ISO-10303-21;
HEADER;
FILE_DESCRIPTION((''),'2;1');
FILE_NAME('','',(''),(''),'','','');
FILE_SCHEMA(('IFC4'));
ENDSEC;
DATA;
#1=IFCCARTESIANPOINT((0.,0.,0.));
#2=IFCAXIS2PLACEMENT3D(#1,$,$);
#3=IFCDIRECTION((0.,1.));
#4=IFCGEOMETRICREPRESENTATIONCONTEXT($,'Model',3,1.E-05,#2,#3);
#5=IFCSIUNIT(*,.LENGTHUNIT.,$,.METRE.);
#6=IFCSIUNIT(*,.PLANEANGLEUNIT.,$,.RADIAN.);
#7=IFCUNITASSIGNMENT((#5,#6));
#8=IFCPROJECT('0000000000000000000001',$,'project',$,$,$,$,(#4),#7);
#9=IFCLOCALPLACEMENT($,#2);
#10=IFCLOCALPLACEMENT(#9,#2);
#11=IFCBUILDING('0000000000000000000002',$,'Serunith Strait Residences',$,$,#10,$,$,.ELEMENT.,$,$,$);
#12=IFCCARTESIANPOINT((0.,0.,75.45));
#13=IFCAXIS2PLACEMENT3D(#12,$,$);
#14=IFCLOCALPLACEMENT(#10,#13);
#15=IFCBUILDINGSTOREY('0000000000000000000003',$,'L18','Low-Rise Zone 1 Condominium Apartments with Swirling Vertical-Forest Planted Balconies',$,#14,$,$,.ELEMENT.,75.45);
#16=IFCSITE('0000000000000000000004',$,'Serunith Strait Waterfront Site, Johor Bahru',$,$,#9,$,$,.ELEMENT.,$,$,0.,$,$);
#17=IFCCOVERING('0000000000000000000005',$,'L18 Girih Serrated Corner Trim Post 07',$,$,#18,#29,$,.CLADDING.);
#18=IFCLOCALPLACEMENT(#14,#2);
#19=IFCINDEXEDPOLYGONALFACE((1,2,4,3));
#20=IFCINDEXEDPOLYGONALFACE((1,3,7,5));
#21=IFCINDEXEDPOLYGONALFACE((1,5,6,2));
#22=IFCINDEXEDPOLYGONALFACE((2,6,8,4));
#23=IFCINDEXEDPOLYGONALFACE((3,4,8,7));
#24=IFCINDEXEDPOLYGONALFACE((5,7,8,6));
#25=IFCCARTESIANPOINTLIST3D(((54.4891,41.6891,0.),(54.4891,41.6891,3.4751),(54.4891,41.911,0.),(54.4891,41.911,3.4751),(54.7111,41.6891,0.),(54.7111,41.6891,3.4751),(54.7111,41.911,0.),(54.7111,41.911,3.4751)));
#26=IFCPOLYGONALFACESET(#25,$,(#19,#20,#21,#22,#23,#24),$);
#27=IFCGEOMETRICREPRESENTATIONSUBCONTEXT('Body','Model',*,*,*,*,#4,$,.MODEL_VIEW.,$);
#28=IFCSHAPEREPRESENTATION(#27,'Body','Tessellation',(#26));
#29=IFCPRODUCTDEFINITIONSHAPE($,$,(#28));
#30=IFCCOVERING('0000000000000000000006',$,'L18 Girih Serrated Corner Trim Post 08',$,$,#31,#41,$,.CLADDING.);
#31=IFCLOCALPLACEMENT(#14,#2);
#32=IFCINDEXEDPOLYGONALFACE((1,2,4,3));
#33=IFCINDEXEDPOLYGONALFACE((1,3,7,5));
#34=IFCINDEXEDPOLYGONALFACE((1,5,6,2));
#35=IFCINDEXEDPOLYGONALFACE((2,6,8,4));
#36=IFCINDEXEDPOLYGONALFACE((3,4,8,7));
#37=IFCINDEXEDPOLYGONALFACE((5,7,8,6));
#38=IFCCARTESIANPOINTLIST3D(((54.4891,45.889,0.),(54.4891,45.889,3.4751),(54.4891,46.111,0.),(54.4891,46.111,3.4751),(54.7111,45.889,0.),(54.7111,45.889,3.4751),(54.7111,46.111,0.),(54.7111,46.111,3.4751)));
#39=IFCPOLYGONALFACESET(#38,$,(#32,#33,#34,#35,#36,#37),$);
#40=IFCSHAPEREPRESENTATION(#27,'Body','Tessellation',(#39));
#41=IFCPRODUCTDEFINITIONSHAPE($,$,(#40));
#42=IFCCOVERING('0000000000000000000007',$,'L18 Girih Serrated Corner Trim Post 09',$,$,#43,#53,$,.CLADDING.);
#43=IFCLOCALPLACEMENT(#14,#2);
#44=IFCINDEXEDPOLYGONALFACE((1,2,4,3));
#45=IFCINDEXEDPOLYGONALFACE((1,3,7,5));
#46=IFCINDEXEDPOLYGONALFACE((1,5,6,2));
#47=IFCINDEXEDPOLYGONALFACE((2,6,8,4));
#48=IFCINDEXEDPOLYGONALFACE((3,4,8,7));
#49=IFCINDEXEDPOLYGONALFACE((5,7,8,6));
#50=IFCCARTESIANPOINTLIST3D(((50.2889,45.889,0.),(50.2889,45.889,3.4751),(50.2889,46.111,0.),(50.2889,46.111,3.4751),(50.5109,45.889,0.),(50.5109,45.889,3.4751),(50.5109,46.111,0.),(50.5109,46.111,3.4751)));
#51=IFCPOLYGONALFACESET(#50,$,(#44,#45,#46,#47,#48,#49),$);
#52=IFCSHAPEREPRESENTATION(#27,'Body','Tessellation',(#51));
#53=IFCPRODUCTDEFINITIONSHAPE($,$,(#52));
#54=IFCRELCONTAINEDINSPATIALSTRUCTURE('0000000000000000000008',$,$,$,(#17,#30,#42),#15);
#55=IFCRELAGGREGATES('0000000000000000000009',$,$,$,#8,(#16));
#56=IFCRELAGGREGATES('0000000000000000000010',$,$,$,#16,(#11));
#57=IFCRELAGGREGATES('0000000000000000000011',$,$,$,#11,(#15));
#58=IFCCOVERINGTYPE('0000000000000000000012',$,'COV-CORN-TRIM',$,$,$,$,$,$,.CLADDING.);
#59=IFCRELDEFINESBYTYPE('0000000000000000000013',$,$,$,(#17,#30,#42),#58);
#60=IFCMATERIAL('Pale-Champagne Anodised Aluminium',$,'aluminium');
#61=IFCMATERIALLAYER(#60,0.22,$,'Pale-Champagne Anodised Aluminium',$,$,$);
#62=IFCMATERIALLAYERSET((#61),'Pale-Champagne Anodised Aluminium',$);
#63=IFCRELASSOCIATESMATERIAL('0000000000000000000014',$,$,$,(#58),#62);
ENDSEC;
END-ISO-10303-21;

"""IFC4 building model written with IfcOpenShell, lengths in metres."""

from ifc_helpers import new_model, si_unit, direction, frame, origin, origin_2d, place, context, subcontext, project, spatial, rectangle, extrude, source, transform, mapped, material, layer, layer_set, type_object, element, save


model = new_model("IFC4")

# Units and contexts
model_context = context("Model", 3, precision=1e-05, world=origin(), true_north=direction((0.0, 1.0)))
body_context = subcontext(model_context, "Body", "Model", "MODEL_VIEW")
ifc_project = project(units=[si_unit("LENGTHUNIT", "METRE"), si_unit("PLANEANGLEUNIT", "RADIAN")], contexts=[model_context])

# Site, building, storey
site_placement = place(None, origin())
site = spatial("IfcSite", under=ifc_project, at=site_placement, Name="Serunith Strait Waterfront Site, Johor Bahru", CompositionType="ELEMENT", RefElevation=0.0)
building_placement = place(site_placement, origin())
building = spatial("IfcBuilding", under=site, at=building_placement, Name="Serunith Strait Residences", CompositionType="ELEMENT")
storey_placement = place(building_placement, frame((0.0, 0.0, 75.45)))
storey = spatial("IfcBuildingStorey", under=building, at=storey_placement, Name="L18", Description="Low-Rise Zone 1 Condominium Apartments with Swirling Vertical-Forest Planted Balconies", CompositionType="ELEMENT", Elevation=75.45)

# Shared definitions
ifc_material_1 = material(Name="Pale-Champagne Anodised Aluminium", Category="aluminium")

# Coverings
ifc_layer_1 = layer(ifc_material_1, 0.22, Name="Pale-Champagne Anodised Aluminium")
ifc_layer_set_1 = layer_set([ifc_layer_1], Name="Pale-Champagne Anodised Aluminium")
covering_type = type_object("IfcCoveringType", Name="COV-CORN-TRIM", PredefinedType="CLADDING", material=ifc_layer_set_1)
shared_shape_1 = source(origin(), body_context, "Body", "SweptSolid", [
    extrude(rectangle(XDim=0.2219, YDim=0.2219, at=origin_2d()), origin(), (0.0, 0.0, 1.0), 3.4751),
])
for number, where, z_axis, x_axis, name in (
    (1, (54.6001, 41.8, 0.0), (0.0, 0.0, 1.0), (1.0, 0.0, 0.0), "L18 Girih Serrated Corner Trim Post 07"),
    (2, (54.6001, 46.0, 0.0), (0.0, 0.0, 1.0), (1.0, 0.0, 0.0), "L18 Girih Serrated Corner Trim Post 08"),
    (3, (50.3999, 46.0, 0.0), (0.0, 0.0, 1.0), (1.0, 0.0, 0.0), "L18 Girih Serrated Corner Trim Post 09"),
):
    element("IfcCovering", number, at=place(storey_placement, frame(where, z_axis=z_axis, x_axis=x_axis)), inside=storey, type_object=covering_type, Name=name, PredefinedType="CLADDING", context=body_context, shape_type="MappedRepresentation", body=[
        mapped(shared_shape_1, transform((0.0, 0.0, 0.0), scale=1.0)),
    ])

save(model, "model.ifc")
